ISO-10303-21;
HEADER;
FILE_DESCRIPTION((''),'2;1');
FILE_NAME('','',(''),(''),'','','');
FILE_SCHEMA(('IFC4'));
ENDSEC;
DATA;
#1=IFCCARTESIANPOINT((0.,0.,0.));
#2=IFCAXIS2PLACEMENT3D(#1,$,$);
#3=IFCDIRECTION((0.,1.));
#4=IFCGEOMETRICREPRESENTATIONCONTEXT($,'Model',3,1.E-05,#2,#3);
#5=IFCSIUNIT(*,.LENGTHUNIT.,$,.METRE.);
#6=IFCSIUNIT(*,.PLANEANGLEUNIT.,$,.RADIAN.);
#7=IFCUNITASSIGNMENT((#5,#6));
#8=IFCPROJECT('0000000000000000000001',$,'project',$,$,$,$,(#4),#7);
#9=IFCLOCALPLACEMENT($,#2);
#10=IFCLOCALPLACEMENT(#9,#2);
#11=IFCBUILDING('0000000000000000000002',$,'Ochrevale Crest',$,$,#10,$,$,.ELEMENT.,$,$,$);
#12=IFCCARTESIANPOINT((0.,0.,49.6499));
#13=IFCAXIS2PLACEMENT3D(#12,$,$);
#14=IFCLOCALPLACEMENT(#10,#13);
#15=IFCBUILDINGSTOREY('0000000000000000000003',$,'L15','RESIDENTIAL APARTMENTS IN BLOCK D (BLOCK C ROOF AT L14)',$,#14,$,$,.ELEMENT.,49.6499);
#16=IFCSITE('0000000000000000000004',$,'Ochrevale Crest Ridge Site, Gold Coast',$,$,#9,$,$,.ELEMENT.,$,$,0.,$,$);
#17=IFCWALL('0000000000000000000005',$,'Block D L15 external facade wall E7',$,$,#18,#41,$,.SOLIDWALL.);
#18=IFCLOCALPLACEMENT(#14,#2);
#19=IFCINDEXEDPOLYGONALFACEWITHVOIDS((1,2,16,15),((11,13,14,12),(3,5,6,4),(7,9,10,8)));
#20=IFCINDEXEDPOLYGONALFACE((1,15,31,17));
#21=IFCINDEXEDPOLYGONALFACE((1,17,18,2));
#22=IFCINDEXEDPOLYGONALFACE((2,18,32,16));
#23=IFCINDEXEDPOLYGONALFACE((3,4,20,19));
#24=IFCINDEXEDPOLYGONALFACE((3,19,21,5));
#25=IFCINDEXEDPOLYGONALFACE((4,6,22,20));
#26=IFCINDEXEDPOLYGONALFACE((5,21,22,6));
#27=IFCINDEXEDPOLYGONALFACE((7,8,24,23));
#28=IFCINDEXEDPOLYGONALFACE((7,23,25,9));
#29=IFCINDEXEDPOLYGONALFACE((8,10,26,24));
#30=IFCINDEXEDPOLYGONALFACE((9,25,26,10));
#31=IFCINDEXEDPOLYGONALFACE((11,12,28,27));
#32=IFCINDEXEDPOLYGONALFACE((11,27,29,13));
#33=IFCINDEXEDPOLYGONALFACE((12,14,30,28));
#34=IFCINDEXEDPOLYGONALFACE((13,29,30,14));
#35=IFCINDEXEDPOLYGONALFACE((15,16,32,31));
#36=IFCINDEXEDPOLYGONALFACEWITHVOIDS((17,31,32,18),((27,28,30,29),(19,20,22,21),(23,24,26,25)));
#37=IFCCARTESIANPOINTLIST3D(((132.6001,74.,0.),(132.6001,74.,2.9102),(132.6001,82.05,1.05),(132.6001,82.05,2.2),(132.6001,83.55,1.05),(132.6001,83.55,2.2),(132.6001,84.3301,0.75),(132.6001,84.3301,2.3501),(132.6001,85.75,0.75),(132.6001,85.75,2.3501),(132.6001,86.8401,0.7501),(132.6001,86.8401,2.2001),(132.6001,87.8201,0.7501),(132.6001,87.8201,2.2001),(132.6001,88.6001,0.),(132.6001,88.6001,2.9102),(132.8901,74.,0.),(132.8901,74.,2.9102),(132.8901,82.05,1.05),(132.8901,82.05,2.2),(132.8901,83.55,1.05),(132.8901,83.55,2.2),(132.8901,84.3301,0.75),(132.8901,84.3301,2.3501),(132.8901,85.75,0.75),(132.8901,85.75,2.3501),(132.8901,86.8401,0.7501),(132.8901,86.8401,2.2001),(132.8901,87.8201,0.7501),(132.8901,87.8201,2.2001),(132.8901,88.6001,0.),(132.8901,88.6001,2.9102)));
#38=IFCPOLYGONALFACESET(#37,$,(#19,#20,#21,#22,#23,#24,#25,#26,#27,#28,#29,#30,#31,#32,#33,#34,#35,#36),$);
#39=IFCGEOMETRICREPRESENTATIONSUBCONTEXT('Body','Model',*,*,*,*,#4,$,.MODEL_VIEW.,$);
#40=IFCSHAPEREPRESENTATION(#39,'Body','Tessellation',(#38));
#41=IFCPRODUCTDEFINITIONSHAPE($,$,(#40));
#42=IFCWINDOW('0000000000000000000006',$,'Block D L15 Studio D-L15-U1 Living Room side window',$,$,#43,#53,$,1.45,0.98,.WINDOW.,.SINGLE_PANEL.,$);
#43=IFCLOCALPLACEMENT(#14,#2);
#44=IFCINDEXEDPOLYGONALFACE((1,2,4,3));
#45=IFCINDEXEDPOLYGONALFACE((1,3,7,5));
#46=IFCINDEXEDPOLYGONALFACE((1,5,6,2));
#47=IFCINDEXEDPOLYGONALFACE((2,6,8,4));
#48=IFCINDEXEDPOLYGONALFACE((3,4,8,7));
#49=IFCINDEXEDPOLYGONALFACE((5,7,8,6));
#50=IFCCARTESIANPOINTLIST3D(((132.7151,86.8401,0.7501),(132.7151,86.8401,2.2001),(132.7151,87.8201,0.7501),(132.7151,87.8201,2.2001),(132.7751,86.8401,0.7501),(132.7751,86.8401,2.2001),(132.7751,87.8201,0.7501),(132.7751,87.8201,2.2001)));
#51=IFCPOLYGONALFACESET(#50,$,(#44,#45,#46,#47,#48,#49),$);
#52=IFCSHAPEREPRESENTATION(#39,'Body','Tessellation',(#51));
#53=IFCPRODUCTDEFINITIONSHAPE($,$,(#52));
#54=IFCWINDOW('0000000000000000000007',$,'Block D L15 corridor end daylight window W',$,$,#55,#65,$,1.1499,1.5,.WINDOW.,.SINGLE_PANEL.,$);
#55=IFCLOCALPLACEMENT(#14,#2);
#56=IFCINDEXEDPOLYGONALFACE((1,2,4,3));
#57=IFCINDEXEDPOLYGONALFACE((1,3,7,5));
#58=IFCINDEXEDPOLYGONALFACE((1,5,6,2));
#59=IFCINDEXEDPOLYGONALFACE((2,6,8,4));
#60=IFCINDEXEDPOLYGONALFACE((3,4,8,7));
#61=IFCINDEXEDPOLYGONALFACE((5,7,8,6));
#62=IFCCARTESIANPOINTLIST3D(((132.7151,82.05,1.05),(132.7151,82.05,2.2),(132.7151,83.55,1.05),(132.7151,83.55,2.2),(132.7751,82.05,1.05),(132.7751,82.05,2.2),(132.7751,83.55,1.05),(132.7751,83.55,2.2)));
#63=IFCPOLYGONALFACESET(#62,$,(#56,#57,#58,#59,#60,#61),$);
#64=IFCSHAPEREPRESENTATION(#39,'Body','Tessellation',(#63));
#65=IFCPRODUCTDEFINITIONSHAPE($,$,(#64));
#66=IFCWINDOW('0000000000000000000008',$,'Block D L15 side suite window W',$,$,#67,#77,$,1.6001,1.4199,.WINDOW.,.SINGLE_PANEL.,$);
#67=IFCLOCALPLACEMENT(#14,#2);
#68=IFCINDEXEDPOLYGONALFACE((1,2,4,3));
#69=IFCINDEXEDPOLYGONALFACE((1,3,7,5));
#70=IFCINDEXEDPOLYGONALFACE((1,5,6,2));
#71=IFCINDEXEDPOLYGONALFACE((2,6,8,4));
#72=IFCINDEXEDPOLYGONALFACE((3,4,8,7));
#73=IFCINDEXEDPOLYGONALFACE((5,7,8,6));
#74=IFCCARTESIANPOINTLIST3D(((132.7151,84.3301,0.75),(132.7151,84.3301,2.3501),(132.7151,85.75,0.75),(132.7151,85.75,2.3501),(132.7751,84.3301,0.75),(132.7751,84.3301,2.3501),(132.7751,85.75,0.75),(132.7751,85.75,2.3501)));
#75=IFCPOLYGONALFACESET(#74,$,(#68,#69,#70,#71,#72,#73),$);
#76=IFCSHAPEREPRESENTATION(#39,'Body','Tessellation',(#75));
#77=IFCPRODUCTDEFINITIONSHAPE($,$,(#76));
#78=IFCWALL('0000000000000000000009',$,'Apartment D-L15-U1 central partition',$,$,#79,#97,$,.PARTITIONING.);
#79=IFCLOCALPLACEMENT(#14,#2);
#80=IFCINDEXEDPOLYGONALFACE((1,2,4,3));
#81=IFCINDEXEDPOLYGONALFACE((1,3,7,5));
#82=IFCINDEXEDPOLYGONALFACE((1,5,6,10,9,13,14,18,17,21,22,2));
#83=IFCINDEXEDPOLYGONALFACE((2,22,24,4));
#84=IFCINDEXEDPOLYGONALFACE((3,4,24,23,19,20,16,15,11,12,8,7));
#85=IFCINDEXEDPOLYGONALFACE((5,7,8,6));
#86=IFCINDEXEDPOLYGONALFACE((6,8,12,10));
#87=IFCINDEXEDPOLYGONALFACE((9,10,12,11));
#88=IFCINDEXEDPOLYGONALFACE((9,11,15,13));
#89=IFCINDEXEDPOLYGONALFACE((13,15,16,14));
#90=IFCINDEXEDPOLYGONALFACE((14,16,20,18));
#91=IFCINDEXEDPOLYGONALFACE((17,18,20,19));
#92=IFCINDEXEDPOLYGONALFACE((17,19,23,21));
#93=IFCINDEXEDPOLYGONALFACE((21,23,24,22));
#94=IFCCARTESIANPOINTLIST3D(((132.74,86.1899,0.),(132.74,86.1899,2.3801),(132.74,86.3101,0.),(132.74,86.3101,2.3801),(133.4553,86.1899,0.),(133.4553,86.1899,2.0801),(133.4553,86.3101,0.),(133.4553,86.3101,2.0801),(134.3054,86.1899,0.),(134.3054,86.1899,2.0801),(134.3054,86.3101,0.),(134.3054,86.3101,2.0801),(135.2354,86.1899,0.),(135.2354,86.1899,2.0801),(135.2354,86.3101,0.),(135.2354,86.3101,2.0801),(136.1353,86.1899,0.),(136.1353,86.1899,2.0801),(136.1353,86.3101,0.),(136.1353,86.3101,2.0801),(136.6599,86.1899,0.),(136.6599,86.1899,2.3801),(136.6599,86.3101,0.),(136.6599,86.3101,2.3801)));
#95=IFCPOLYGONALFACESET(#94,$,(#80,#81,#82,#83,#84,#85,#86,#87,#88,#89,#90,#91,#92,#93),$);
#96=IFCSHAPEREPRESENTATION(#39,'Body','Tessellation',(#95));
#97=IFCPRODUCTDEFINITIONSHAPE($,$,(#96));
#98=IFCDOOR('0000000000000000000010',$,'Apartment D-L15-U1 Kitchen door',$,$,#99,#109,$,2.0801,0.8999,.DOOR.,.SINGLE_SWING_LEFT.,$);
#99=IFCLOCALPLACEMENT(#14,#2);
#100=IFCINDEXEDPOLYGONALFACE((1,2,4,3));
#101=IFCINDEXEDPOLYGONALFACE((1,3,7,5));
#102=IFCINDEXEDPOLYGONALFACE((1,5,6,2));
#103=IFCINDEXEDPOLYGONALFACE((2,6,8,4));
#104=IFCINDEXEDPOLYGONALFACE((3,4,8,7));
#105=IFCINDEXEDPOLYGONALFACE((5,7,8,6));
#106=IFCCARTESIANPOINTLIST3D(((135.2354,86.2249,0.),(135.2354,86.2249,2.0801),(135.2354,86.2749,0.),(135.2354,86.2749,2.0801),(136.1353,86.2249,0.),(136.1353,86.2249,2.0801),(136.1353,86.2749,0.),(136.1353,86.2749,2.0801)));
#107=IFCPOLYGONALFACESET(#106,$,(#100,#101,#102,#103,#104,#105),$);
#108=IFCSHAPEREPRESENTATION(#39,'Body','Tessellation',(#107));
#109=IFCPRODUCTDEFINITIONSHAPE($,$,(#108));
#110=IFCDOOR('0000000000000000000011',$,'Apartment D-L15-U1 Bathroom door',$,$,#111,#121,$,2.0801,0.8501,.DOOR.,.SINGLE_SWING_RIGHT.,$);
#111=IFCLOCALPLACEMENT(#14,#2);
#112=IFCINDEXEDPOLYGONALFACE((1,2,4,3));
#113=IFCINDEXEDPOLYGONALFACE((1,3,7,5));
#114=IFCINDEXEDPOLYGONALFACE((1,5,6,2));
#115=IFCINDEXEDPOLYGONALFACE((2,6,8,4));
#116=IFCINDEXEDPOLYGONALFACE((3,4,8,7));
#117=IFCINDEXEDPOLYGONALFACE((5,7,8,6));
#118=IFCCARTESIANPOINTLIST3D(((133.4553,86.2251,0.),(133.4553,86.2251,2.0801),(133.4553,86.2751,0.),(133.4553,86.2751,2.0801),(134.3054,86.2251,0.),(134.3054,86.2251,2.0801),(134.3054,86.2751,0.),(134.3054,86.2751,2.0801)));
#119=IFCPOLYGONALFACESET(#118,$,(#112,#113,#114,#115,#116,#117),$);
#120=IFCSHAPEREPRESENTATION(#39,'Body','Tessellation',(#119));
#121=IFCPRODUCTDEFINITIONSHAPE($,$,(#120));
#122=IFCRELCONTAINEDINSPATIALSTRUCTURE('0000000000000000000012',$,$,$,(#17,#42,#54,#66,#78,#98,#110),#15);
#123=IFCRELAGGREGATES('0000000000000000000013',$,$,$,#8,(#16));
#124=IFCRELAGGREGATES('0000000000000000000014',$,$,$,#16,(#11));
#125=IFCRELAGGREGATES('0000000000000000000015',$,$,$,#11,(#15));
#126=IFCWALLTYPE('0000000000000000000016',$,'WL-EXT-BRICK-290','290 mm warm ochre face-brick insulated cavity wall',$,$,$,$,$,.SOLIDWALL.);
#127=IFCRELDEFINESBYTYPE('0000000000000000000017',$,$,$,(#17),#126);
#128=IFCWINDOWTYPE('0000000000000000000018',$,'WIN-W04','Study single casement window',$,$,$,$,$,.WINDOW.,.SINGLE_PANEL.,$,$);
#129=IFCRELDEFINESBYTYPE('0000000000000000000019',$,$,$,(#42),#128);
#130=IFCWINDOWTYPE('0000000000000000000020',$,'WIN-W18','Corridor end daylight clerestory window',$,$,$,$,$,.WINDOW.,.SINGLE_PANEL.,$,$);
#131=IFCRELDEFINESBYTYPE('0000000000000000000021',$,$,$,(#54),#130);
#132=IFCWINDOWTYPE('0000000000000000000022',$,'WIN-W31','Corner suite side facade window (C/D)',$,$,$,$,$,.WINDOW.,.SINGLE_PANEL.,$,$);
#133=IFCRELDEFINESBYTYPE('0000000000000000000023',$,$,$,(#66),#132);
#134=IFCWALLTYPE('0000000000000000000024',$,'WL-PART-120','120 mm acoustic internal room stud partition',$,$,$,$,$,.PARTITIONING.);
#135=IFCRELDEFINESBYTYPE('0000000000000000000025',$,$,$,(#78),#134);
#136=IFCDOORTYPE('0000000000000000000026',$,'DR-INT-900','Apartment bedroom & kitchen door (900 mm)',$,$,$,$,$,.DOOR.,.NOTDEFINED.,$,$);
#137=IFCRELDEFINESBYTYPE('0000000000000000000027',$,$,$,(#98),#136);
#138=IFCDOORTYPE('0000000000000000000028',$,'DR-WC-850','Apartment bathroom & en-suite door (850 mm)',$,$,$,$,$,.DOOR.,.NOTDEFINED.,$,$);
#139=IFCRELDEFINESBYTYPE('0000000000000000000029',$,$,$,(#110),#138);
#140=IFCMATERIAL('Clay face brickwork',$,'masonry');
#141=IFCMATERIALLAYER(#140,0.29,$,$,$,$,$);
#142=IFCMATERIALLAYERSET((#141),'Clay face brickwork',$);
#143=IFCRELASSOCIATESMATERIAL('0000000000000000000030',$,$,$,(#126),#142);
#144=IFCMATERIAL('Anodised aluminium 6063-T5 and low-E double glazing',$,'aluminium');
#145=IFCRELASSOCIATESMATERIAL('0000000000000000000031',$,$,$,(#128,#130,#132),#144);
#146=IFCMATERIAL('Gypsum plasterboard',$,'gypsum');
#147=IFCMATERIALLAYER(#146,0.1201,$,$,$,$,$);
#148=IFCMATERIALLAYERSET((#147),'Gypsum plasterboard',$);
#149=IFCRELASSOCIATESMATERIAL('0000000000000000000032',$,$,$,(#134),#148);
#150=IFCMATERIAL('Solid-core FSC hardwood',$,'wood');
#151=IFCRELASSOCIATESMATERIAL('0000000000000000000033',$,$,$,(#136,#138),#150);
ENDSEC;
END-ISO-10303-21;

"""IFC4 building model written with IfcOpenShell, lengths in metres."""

from ifc_helpers import new_model, si_unit, direction, frame, frame_2d, origin, place, context, subcontext, project, spatial, rectangle, extrude, material, layer, layer_set, type_object, element, fill, save


model = new_model("IFC4")

# Units and contexts
model_context = context("Model", 3, precision=1e-05, world=origin(), true_north=direction((0.0, 1.0)))
body_context = subcontext(model_context, "Body", "Model", "MODEL_VIEW")
ifc_project = project(units=[si_unit("LENGTHUNIT", "METRE"), si_unit("PLANEANGLEUNIT", "RADIAN")], contexts=[model_context])

# Site, building, storey
site_placement = place(None, origin())
site = spatial("IfcSite", under=ifc_project, at=site_placement, Name="Ochrevale Crest Ridge Site, Gold Coast", CompositionType="ELEMENT", RefElevation=0.0)
building_placement = place(site_placement, origin())
building = spatial("IfcBuilding", under=site, at=building_placement, Name="Ochrevale Crest", CompositionType="ELEMENT")
storey_placement = place(building_placement, frame((0.0, 0.0, 49.6499)))
storey = spatial("IfcBuildingStorey", under=building, at=storey_placement, Name="L15", Description="RESIDENTIAL APARTMENTS IN BLOCK D (BLOCK C ROOF AT L14)", CompositionType="ELEMENT", Elevation=49.6499)

# Shared definitions
ifc_material_1 = material(Name="Gypsum plasterboard", Category="gypsum")
ifc_material_2 = material(Name="Solid-core FSC hardwood", Category="wood")

# Wall, openings, windows
ifc_material_3 = material(Name="Clay face brickwork", Category="masonry")
ifc_layer_1 = layer(ifc_material_3, 0.29)
ifc_layer_set_1 = layer_set([ifc_layer_1], Name="Clay face brickwork")
wall_type_1 = type_object("IfcWallType", Name="WL-EXT-BRICK-290", Description="290 mm warm ochre face-brick insulated cavity wall", PredefinedType="SOLIDWALL", material=ifc_layer_set_1)
wall_1_placement = place(storey_placement, frame((132.7451, 88.6001, 0.0), z_axis=(0.0, 0.0, 1.0), x_axis=(0.0, -1.0, 0.0)))
wall_1 = element("IfcWall", 1, at=wall_1_placement, inside=storey, type_object=wall_type_1, Name="Block D L15 external facade wall E7", PredefinedType="SOLIDWALL", context=body_context, shape_type="SweptSolid", body=[
    extrude(rectangle(XDim=14.6001, YDim=0.29, at=frame_2d((7.3, 0.0))), origin(), (0.0, 0.0, 1.0), 2.9102),
])
opening_1_placement = place(wall_1_placement, frame((5.05, 0.0, 1.05)))
opening_1 = element("IfcOpeningElement", 2, at=opening_1_placement, cuts=wall_1, PredefinedType="OPENING", context=body_context, shape_type="SweptSolid", body=[
    extrude(rectangle(XDim=1.5, YDim=1.1499, at=frame_2d((0.75, 0.575))), frame((0.0, 0.155, 0.0), z_axis=(0.0, -1.0, 0.0), x_axis=(1.0, 0.0, 0.0)), (0.0, 0.0, 1.0), 0.3101),
])
opening_2_placement = place(wall_1_placement, frame((2.8501, 0.0, 0.75)))
opening_2 = element("IfcOpeningElement", 3, at=opening_2_placement, cuts=wall_1, PredefinedType="OPENING", context=body_context, shape_type="SweptSolid", body=[
    extrude(rectangle(XDim=1.4199, YDim=1.6001, at=frame_2d((0.71, 0.8))), frame((0.0, 0.155, 0.0), z_axis=(0.0, -1.0, 0.0), x_axis=(1.0, 0.0, 0.0)), (0.0, 0.0, 1.0), 0.3101),
])
opening_3_placement = place(wall_1_placement, frame((0.78, 0.0, 0.75)))
opening_3 = element("IfcOpeningElement", 4, at=opening_3_placement, cuts=wall_1, PredefinedType="OPENING", context=body_context, shape_type="SweptSolid", body=[
    extrude(rectangle(XDim=0.98, YDim=1.45, at=frame_2d((0.49, 0.7251))), frame((0.0, 0.155, 0.0), z_axis=(0.0, -1.0, 0.0), x_axis=(1.0, 0.0, 0.0)), (0.0, 0.0, 1.0), 0.3101),
])
ifc_material_4 = material(Name="Anodised aluminium 6063-T5 and low-E double glazing", Category="aluminium")
window_type_1 = type_object("IfcWindowType", Name="WIN-W04", Description="Study single casement window", PartitioningType="SINGLE_PANEL", PredefinedType="WINDOW", material=ifc_material_4)
window_1_placement = place(opening_3_placement, origin())
window_1 = element("IfcWindow", 5, at=window_1_placement, inside=storey, type_object=window_type_1, Name="Block D L15 Studio D-L15-U1 Living Room side window", OverallHeight=1.45, OverallWidth=0.98, PartitioningType="SINGLE_PANEL", PredefinedType="WINDOW", context=body_context, shape_type="SweptSolid", body=[
    extrude(rectangle(XDim=0.98, YDim=1.45, at=frame_2d((0.49, 0.7251))), frame((0.0, 0.03, 0.0), z_axis=(0.0, -1.0, 0.0), x_axis=(1.0, 0.0, 0.0)), (0.0, 0.0, 1.0), 0.0601),
])
fill(opening_3, window_1)
window_type_2 = type_object("IfcWindowType", Name="WIN-W18", Description="Corridor end daylight clerestory window", PartitioningType="SINGLE_PANEL", PredefinedType="WINDOW", material=ifc_material_4)
window_2_placement = place(opening_1_placement, origin())
window_2 = element("IfcWindow", 6, at=window_2_placement, inside=storey, type_object=window_type_2, Name="Block D L15 corridor end daylight window W", OverallHeight=1.1499, OverallWidth=1.5, PartitioningType="SINGLE_PANEL", PredefinedType="WINDOW", context=body_context, shape_type="SweptSolid", body=[
    extrude(rectangle(XDim=1.5, YDim=1.1499, at=frame_2d((0.75, 0.575))), frame((0.0, 0.03, 0.0), z_axis=(0.0, -1.0, 0.0), x_axis=(1.0, 0.0, 0.0)), (0.0, 0.0, 1.0), 0.0601),
])
fill(opening_1, window_2)
window_type_3 = type_object("IfcWindowType", Name="WIN-W31", Description="Corner suite side facade window (C/D)", PartitioningType="SINGLE_PANEL", PredefinedType="WINDOW", material=ifc_material_4)
window_3_placement = place(opening_2_placement, origin())
window_3 = element("IfcWindow", 7, at=window_3_placement, inside=storey, type_object=window_type_3, Name="Block D L15 side suite window W", OverallHeight=1.6001, OverallWidth=1.4199, PartitioningType="SINGLE_PANEL", PredefinedType="WINDOW", context=body_context, shape_type="SweptSolid", body=[
    extrude(rectangle(XDim=1.4199, YDim=1.6001, at=frame_2d((0.71, 0.8))), frame((0.0, 0.03, 0.0), z_axis=(0.0, -1.0, 0.0), x_axis=(1.0, 0.0, 0.0)), (0.0, 0.0, 1.0), 0.0601),
])
fill(opening_2, window_3)

# Wall, openings, doors
ifc_layer_2 = layer(ifc_material_1, 0.1201)
ifc_layer_set_2 = layer_set([ifc_layer_2], Name="Gypsum plasterboard")
wall_type_2 = type_object("IfcWallType", Name="WL-PART-120", Description="120 mm acoustic internal room stud partition", PredefinedType="PARTITIONING", material=ifc_layer_set_2)
wall_2_placement = place(storey_placement, frame((132.74, 86.25, 0.0), z_axis=(0.0, 0.0, 1.0), x_axis=(1.0, 0.0, 0.0)))
wall_2 = element("IfcWall", 8, at=wall_2_placement, inside=storey, type_object=wall_type_2, Name="Apartment D-L15-U1 central partition", PredefinedType="PARTITIONING", context=body_context, shape_type="SweptSolid", body=[
    extrude(rectangle(XDim=3.9199, YDim=0.1201, at=frame_2d((1.96, 0.0))), origin(), (0.0, 0.0, 1.0), 2.3801),
])
opening_4_placement = place(wall_2_placement, frame((1.5654, 0.0, 0.0), z_axis=(0.0, 0.0, 1.0), x_axis=(-1.0, 0.0, 0.0)))
opening_4 = element("IfcOpeningElement", 9, at=opening_4_placement, cuts=wall_2, PredefinedType="OPENING", context=body_context, shape_type="SweptSolid", body=[
    extrude(rectangle(XDim=0.8501, YDim=2.0801, at=frame_2d((0.425, 1.04))), frame((0.0, 0.0701, 0.0), z_axis=(0.0, -1.0, 0.0), x_axis=(1.0, 0.0, 0.0)), (0.0, 0.0, 1.0), 0.1401),
])
opening_5_placement = place(wall_2_placement, frame((2.4954, 0.0, 0.0)))
opening_5 = element("IfcOpeningElement", 10, at=opening_5_placement, cuts=wall_2, PredefinedType="OPENING", context=body_context, shape_type="SweptSolid", body=[
    extrude(rectangle(XDim=0.8999, YDim=2.0801, at=frame_2d((0.45, 1.04))), frame((0.0, 0.0701, 0.0), z_axis=(0.0, -1.0, 0.0), x_axis=(1.0, 0.0, 0.0)), (0.0, 0.0, 1.0), 0.1401),
])
door_type_1 = type_object("IfcDoorType", Name="DR-INT-900", Description="Apartment bedroom & kitchen door (900 mm)", OperationType="NOTDEFINED", PredefinedType="DOOR", material=ifc_material_2)
door_1_placement = place(opening_5_placement, origin())
door_1 = element("IfcDoor", 11, at=door_1_placement, inside=storey, type_object=door_type_1, Name="Apartment D-L15-U1 Kitchen door", OperationType="SINGLE_SWING_LEFT", OverallHeight=2.0801, OverallWidth=0.8999, PredefinedType="DOOR", context=body_context, shape_type="SweptSolid", body=[
    extrude(rectangle(XDim=0.8999, YDim=2.0801, at=frame_2d((0.45, 1.04))), frame((0.0, 0.0249, 0.0), z_axis=(0.0, -1.0, 0.0), x_axis=(1.0, 0.0, 0.0)), (0.0, 0.0, 1.0), 0.05),
])
fill(opening_5, door_1)
door_type_2 = type_object("IfcDoorType", Name="DR-WC-850", Description="Apartment bathroom & en-suite door (850 mm)", OperationType="NOTDEFINED", PredefinedType="DOOR", material=ifc_material_2)
door_2_placement = place(opening_4_placement, origin())
door_2 = element("IfcDoor", 12, at=door_2_placement, inside=storey, type_object=door_type_2, Name="Apartment D-L15-U1 Bathroom door", OperationType="SINGLE_SWING_RIGHT", OverallHeight=2.0801, OverallWidth=0.8501, PredefinedType="DOOR", context=body_context, shape_type="SweptSolid", body=[
    extrude(rectangle(XDim=0.8501, YDim=2.0801, at=frame_2d((0.425, 1.04))), frame((0.0, 0.0249, 0.0), z_axis=(0.0, -1.0, 0.0), x_axis=(1.0, 0.0, 0.0)), (0.0, 0.0, 1.0), 0.05),
])
fill(opening_4, door_2)

save(model, "model.ifc")
